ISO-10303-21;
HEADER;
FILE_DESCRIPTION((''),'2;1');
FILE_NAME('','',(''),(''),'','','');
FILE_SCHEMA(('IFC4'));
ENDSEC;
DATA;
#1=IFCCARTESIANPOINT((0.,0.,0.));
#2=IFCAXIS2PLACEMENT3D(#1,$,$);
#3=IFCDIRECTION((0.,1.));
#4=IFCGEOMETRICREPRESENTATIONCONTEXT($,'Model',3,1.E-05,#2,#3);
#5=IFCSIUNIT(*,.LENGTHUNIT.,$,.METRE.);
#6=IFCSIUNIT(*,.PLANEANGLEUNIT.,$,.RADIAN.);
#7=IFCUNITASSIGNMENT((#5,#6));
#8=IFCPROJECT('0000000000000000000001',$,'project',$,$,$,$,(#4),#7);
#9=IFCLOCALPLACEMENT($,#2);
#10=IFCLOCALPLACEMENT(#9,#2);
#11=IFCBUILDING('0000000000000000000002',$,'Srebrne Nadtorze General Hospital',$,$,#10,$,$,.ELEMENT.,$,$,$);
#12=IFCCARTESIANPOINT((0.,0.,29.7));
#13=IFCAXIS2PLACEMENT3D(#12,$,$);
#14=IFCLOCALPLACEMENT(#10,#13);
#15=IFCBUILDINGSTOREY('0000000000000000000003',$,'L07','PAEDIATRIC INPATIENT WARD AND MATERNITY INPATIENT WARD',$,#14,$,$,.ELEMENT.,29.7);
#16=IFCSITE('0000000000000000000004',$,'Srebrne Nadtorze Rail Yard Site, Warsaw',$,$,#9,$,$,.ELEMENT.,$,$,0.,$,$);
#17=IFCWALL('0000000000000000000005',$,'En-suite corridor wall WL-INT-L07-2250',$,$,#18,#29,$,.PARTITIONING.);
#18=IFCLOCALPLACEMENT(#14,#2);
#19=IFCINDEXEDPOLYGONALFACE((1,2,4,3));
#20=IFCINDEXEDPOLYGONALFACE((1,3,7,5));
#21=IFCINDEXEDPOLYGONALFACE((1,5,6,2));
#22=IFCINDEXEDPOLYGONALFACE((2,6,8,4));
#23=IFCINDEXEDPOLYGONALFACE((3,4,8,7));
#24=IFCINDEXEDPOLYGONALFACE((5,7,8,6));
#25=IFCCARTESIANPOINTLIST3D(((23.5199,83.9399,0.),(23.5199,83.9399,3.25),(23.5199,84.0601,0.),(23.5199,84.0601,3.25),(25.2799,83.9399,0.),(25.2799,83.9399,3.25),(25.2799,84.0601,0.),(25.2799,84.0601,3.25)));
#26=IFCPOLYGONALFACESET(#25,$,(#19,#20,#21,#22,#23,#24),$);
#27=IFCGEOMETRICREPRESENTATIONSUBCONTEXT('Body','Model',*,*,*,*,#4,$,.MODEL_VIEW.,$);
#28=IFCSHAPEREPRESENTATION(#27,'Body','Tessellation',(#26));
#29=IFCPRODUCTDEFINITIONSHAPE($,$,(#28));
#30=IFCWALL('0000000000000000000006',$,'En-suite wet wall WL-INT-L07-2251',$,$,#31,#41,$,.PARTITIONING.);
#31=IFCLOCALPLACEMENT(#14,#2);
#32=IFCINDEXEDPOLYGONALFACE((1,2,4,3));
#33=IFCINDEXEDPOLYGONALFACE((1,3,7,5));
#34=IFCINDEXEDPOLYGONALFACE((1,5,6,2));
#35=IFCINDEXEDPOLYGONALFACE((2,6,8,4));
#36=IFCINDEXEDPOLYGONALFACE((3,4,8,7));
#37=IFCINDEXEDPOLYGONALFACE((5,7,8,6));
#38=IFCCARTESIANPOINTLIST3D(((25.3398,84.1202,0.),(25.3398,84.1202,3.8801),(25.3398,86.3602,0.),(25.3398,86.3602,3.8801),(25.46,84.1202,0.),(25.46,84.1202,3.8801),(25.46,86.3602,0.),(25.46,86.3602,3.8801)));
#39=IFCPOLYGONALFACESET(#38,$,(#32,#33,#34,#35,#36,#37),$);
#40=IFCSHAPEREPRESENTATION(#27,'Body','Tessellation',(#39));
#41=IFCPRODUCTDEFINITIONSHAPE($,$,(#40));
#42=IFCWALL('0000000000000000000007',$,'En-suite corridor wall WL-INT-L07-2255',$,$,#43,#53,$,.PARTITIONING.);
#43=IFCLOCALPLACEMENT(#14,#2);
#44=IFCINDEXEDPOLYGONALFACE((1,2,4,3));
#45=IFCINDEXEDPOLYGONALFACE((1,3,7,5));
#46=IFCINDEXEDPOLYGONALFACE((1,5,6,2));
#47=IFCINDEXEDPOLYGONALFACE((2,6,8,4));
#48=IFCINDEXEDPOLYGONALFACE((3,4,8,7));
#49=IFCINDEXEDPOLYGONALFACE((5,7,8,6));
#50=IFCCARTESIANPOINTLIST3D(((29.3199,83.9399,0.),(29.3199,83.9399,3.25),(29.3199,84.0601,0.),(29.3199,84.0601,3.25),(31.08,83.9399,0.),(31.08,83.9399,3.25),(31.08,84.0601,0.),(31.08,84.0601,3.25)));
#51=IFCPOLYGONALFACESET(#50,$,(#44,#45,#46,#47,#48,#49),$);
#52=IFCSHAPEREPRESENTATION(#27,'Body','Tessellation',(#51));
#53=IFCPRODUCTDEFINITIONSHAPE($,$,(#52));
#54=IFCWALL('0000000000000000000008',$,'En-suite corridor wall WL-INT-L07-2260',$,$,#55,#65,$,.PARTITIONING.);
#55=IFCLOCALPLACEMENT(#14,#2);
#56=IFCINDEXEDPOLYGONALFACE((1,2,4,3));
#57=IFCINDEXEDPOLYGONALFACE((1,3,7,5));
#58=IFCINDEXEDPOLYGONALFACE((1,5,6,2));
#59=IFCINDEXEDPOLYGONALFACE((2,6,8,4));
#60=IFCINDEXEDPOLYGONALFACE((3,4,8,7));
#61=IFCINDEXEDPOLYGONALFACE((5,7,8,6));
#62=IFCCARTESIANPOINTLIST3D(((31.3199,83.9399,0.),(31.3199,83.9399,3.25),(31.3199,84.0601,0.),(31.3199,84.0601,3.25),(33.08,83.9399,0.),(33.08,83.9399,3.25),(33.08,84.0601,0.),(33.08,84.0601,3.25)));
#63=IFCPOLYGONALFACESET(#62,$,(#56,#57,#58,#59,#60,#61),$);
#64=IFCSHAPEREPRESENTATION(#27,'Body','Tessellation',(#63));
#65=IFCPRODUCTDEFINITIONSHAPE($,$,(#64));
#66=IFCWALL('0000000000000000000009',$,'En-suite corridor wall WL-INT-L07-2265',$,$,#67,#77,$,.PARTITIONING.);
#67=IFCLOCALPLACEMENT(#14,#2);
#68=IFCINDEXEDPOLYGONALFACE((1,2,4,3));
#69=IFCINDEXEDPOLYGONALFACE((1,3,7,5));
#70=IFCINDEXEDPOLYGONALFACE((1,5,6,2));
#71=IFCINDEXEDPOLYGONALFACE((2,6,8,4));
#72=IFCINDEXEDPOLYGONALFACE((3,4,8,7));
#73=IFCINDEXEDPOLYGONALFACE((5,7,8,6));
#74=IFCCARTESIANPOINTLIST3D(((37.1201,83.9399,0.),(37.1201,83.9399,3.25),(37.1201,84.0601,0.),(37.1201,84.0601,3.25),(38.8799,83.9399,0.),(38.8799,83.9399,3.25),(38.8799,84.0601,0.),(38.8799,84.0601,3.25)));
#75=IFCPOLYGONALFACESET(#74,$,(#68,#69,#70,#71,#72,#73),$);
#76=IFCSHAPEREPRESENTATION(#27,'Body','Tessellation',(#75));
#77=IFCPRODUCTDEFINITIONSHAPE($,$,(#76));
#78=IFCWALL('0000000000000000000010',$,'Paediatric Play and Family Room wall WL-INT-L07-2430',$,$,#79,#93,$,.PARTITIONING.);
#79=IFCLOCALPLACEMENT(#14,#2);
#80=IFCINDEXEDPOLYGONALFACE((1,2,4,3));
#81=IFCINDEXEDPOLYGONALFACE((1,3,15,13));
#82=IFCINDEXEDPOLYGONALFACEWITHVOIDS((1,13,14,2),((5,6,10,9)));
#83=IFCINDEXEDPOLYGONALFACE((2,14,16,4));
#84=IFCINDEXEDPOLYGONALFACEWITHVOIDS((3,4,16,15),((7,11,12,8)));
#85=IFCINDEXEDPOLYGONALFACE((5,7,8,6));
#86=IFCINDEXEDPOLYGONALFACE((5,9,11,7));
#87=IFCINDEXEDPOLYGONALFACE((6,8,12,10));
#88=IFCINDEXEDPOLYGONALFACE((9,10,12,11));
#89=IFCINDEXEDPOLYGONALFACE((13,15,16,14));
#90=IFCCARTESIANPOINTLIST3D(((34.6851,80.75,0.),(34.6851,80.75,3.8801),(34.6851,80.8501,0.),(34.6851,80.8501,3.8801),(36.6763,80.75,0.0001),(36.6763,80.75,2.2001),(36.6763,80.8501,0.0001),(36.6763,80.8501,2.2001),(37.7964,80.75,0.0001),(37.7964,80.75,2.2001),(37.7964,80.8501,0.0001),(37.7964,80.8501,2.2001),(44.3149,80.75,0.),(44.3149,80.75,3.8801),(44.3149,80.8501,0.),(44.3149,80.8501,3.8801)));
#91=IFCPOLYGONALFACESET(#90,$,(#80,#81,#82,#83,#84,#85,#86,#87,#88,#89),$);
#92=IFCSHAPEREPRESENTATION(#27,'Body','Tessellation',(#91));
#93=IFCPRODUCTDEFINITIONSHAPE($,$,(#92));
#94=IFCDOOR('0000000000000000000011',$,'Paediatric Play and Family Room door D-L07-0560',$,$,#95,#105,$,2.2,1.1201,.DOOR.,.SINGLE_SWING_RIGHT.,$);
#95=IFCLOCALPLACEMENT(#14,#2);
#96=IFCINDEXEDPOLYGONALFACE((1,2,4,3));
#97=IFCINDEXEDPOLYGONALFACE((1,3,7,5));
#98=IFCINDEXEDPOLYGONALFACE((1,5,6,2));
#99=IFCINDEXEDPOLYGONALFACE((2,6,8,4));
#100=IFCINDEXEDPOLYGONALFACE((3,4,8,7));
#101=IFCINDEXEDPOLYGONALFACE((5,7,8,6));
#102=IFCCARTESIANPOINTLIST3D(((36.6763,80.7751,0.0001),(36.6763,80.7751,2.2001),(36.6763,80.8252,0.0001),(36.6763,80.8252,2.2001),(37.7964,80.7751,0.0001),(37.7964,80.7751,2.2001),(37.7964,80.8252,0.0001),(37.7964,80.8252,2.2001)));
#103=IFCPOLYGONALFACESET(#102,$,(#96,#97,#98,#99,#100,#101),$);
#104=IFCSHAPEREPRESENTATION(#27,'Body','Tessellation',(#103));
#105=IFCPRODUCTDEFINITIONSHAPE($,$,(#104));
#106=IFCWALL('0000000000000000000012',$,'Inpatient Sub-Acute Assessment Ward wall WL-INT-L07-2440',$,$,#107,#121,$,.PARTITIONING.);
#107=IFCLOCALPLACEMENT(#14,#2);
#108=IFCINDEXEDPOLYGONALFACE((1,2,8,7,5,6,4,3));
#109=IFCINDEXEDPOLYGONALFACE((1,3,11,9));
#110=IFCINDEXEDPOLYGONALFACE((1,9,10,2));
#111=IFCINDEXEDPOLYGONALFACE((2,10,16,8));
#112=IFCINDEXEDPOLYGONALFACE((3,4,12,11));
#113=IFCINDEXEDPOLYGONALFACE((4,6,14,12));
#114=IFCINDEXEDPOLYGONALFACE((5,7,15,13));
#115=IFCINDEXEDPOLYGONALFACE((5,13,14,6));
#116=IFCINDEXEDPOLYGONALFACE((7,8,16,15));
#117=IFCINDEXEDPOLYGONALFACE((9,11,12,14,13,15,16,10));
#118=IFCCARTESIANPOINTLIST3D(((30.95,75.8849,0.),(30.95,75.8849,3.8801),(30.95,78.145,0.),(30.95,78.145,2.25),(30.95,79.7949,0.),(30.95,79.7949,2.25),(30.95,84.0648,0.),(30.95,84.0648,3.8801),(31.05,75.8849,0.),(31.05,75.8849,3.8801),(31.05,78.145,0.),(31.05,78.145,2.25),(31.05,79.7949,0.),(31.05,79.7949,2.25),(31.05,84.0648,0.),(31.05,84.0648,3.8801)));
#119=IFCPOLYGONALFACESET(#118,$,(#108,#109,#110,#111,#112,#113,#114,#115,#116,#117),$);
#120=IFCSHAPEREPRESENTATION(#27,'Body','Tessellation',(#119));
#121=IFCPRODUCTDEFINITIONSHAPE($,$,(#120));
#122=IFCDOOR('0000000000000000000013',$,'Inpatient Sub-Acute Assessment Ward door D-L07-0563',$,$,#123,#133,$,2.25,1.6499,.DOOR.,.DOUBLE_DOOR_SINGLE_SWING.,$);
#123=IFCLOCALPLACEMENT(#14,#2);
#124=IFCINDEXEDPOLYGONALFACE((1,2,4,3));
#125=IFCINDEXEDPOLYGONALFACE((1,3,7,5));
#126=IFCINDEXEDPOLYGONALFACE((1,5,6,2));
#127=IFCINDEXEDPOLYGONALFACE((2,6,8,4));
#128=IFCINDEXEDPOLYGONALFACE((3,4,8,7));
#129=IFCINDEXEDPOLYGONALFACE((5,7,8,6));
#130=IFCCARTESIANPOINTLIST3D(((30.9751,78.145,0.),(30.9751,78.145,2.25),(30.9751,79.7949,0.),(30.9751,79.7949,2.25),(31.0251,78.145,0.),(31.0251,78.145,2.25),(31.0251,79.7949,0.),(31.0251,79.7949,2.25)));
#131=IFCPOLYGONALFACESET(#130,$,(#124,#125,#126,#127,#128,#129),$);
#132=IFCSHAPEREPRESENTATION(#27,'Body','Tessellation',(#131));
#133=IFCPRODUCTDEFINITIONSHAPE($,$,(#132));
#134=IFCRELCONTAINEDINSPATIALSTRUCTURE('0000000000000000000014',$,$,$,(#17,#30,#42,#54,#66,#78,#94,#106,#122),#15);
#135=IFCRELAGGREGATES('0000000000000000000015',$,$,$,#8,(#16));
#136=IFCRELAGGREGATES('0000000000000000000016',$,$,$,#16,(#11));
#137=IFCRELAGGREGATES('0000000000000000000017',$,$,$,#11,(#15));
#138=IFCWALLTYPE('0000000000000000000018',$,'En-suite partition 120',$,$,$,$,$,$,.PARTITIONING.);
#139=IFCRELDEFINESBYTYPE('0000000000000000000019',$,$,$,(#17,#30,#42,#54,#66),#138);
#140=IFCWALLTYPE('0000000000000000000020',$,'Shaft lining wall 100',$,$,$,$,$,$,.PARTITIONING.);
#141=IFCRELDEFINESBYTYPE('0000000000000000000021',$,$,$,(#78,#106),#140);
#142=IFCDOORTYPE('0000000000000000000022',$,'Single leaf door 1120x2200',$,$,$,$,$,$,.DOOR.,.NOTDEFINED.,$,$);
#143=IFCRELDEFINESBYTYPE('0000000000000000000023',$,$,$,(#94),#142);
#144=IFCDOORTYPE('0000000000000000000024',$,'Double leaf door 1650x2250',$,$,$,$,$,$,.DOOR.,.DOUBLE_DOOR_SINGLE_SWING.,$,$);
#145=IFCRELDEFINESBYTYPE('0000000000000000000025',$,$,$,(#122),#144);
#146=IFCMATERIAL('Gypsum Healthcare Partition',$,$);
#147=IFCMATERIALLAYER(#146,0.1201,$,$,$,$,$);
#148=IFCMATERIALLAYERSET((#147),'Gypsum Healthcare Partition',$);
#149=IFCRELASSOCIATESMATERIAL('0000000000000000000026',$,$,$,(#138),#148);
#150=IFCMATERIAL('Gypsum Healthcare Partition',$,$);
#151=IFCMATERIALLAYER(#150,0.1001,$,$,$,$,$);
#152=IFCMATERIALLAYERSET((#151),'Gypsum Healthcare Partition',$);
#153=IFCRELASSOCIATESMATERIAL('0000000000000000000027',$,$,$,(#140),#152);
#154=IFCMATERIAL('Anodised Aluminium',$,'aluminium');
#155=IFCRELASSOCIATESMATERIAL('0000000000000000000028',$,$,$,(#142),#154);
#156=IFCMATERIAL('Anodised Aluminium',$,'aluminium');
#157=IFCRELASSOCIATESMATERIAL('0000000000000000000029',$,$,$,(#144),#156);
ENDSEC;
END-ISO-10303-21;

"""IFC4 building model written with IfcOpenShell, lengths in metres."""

from ifc_helpers import new_model, si_unit, direction, frame, frame_2d, origin, place, context, subcontext, project, spatial, rectangle, extrude, material, layer, layer_set, type_object, element, fill, save


model = new_model("IFC4")

# Units and contexts
model_context = context("Model", 3, precision=1e-05, world=origin(), true_north=direction((0.0, 1.0)))
body_context = subcontext(model_context, "Body", "Model", "MODEL_VIEW")
ifc_project = project(units=[si_unit("LENGTHUNIT", "METRE"), si_unit("PLANEANGLEUNIT", "RADIAN")], contexts=[model_context])

# Site, building, storey
site_placement = place(None, origin())
site = spatial("IfcSite", under=ifc_project, at=site_placement, Name="Srebrne Nadtorze Rail Yard Site, Warsaw", CompositionType="ELEMENT", RefElevation=0.0)
building_placement = place(site_placement, origin())
building = spatial("IfcBuilding", under=site, at=building_placement, Name="Srebrne Nadtorze General Hospital", CompositionType="ELEMENT")
storey_placement = place(building_placement, frame((0.0, 0.0, 29.7)))
storey = spatial("IfcBuildingStorey", under=building, at=storey_placement, Name="L07", Description="PAEDIATRIC INPATIENT WARD AND MATERNITY INPATIENT WARD", CompositionType="ELEMENT", Elevation=29.7)

# Walls
ifc_material_1 = material(Name="Gypsum Healthcare Partition")
ifc_layer_1 = layer(ifc_material_1, 0.1201)
ifc_layer_set_1 = layer_set([ifc_layer_1], Name="Gypsum Healthcare Partition")
wall_type_1 = type_object("IfcWallType", Name="En-suite partition 120", PredefinedType="PARTITIONING", material=ifc_layer_set_1)
wall_1_placement = place(storey_placement, frame((23.52, 84.0, 0.0), z_axis=(0.0, 0.0, 1.0), x_axis=(1.0, 0.0, 0.0)))
element("IfcWall", 1, at=wall_1_placement, inside=storey, type_object=wall_type_1, Name="En-suite corridor wall WL-INT-L07-2250", PredefinedType="PARTITIONING", context=body_context, shape_type="SweptSolid", body=[
    extrude(rectangle(XDim=1.76, YDim=0.1201, at=frame_2d((0.8799, 0.0))), origin(), (0.0, 0.0, 1.0), 3.25),
])
wall_2_placement = place(storey_placement, frame((25.3999, 84.1201, 0.0), z_axis=(0.0, 0.0, 1.0), x_axis=(0.0, 1.0, 0.0)))
element("IfcWall", 2, at=wall_2_placement, inside=storey, type_object=wall_type_1, Name="En-suite wet wall WL-INT-L07-2251", PredefinedType="PARTITIONING", context=body_context, shape_type="SweptSolid", body=[
    extrude(rectangle(XDim=2.24, YDim=0.1201, at=frame_2d((1.1201, 0.0))), origin(), (0.0, 0.0, 1.0), 3.8801),
])
for number, where, z_axis, x_axis, name in (
    (3, (29.3201, 84.0, 0.0), (0.0, 0.0, 1.0), (1.0, 0.0, 0.0), "En-suite corridor wall WL-INT-L07-2255"),
    (4, (31.3201, 84.0, 0.0), (0.0, 0.0, 1.0), (1.0, 0.0, 0.0), "En-suite corridor wall WL-INT-L07-2260"),
):
    element("IfcWall", number, at=place(storey_placement, frame(where, z_axis=z_axis, x_axis=x_axis)), inside=storey, type_object=wall_type_1, Name=name, PredefinedType="PARTITIONING", context=body_context, shape_type="SweptSolid", body=[
        extrude(rectangle(XDim=1.76, YDim=0.1201, at=frame_2d((0.8799, 0.0))), origin(), (0.0, 0.0, 1.0), 3.25),
    ])
wall_3_placement = place(storey_placement, frame((37.1201, 84.0, 0.0), z_axis=(0.0, 0.0, 1.0), x_axis=(1.0, 0.0, 0.0)))
element("IfcWall", 5, at=wall_3_placement, inside=storey, type_object=wall_type_1, Name="En-suite corridor wall WL-INT-L07-2265", PredefinedType="PARTITIONING", context=body_context, shape_type="SweptSolid", body=[
    extrude(rectangle(XDim=1.7598, YDim=0.1201, at=frame_2d((0.8799, 0.0))), origin(), (0.0, 0.0, 1.0), 3.25),
])

# Walls, openings, doors
ifc_material_2 = material(Name="Gypsum Healthcare Partition")
ifc_layer_2 = layer(ifc_material_2, 0.1001)
ifc_layer_set_2 = layer_set([ifc_layer_2], Name="Gypsum Healthcare Partition")
wall_type_2 = type_object("IfcWallType", Name="Shaft lining wall 100", PredefinedType="PARTITIONING", material=ifc_layer_set_2)
wall_4_placement = place(storey_placement, frame((34.6851, 80.8, 0.0), z_axis=(0.0, 0.0, 1.0), x_axis=(1.0, 0.0, 0.0)))
wall_4 = element("IfcWall", 6, at=wall_4_placement, inside=storey, type_object=wall_type_2, Name="Paediatric Play and Family Room wall WL-INT-L07-2430", PredefinedType="PARTITIONING", context=body_context, shape_type="SweptSolid", body=[
    extrude(rectangle(XDim=9.6299, YDim=0.1001, at=frame_2d((4.8149, 0.0))), origin(), (0.0, 0.0, 1.0), 3.8801),
])
opening_1_placement = place(wall_4_placement, frame((1.9912, 0.0, 0.0)))
opening_1 = element("IfcOpeningElement", 7, at=opening_1_placement, cuts=wall_4, PredefinedType="OPENING", context=body_context, shape_type="SweptSolid", body=[
    extrude(rectangle(XDim=1.1201, YDim=2.2, at=frame_2d((0.5601, 1.1001))), frame((0.0, 0.062, 0.0), z_axis=(0.0, -1.0, 0.0), x_axis=(1.0, 0.0, 0.0)), (0.0, 0.0, 1.0), 0.124),
])
ifc_material_3 = material(Name="Anodised Aluminium", Category="aluminium")
door_type_1 = type_object("IfcDoorType", Name="Single leaf door 1120x2200", OperationType="NOTDEFINED", PredefinedType="DOOR", material=ifc_material_3)
door_1_placement = place(opening_1_placement, frame((1.1201, 0.0, 0.0), z_axis=(0.0, 0.0, 1.0), x_axis=(-1.0, 0.0, 0.0)))
door_1 = element("IfcDoor", 8, at=door_1_placement, inside=storey, type_object=door_type_1, Name="Paediatric Play and Family Room door D-L07-0560", OperationType="SINGLE_SWING_RIGHT", OverallHeight=2.2, OverallWidth=1.1201, PredefinedType="DOOR", context=body_context, shape_type="SweptSolid", body=[
    extrude(rectangle(XDim=1.1201, YDim=2.2, at=frame_2d((0.5601, 1.1001))), frame((0.0, 0.0249, 0.0), z_axis=(0.0, -1.0, 0.0), x_axis=(1.0, 0.0, 0.0)), (0.0, 0.0, 1.0), 0.05),
])
fill(opening_1, door_1)
wall_5_placement = place(storey_placement, frame((31.0, 75.885, 0.0), z_axis=(0.0, 0.0, 1.0), x_axis=(0.0, 1.0, 0.0)))
wall_5 = element("IfcWall", 9, at=wall_5_placement, inside=storey, type_object=wall_type_2, Name="Inpatient Sub-Acute Assessment Ward wall WL-INT-L07-2440", PredefinedType="PARTITIONING", context=body_context, shape_type="SweptSolid", body=[
    extrude(rectangle(XDim=8.1799, YDim=0.1001, at=frame_2d((4.0898, 0.0))), origin(), (0.0, 0.0, 1.0), 3.8801),
])
opening_2_placement = place(wall_5_placement, frame((2.26, 0.0, 0.0)))
opening_2 = element("IfcOpeningElement", 10, at=opening_2_placement, cuts=wall_5, PredefinedType="OPENING", context=body_context, shape_type="SweptSolid", body=[
    extrude(rectangle(XDim=1.6499, YDim=2.25, at=frame_2d((0.825, 1.125))), frame((0.0, 0.062, 0.0), z_axis=(0.0, -1.0, 0.0), x_axis=(1.0, 0.0, 0.0)), (0.0, 0.0, 1.0), 0.124),
])
ifc_material_4 = material(Name="Anodised Aluminium", Category="aluminium")
door_type_2 = type_object("IfcDoorType", Name="Double leaf door 1650x2250", OperationType="DOUBLE_DOOR_SINGLE_SWING", PredefinedType="DOOR", material=ifc_material_4)
door_2_placement = place(opening_2_placement, origin())
door_2 = element("IfcDoor", 11, at=door_2_placement, inside=storey, type_object=door_type_2, Name="Inpatient Sub-Acute Assessment Ward door D-L07-0563", OperationType="DOUBLE_DOOR_SINGLE_SWING", OverallHeight=2.25, OverallWidth=1.6499, PredefinedType="DOOR", context=body_context, shape_type="SweptSolid", body=[
    extrude(rectangle(XDim=1.6499, YDim=2.25, at=frame_2d((0.825, 1.125))), frame((0.0, 0.0249, 0.0), z_axis=(0.0, -1.0, 0.0), x_axis=(1.0, 0.0, 0.0)), (0.0, 0.0, 1.0), 0.05),
])
fill(opening_2, door_2)

save(model, "model.ifc")
